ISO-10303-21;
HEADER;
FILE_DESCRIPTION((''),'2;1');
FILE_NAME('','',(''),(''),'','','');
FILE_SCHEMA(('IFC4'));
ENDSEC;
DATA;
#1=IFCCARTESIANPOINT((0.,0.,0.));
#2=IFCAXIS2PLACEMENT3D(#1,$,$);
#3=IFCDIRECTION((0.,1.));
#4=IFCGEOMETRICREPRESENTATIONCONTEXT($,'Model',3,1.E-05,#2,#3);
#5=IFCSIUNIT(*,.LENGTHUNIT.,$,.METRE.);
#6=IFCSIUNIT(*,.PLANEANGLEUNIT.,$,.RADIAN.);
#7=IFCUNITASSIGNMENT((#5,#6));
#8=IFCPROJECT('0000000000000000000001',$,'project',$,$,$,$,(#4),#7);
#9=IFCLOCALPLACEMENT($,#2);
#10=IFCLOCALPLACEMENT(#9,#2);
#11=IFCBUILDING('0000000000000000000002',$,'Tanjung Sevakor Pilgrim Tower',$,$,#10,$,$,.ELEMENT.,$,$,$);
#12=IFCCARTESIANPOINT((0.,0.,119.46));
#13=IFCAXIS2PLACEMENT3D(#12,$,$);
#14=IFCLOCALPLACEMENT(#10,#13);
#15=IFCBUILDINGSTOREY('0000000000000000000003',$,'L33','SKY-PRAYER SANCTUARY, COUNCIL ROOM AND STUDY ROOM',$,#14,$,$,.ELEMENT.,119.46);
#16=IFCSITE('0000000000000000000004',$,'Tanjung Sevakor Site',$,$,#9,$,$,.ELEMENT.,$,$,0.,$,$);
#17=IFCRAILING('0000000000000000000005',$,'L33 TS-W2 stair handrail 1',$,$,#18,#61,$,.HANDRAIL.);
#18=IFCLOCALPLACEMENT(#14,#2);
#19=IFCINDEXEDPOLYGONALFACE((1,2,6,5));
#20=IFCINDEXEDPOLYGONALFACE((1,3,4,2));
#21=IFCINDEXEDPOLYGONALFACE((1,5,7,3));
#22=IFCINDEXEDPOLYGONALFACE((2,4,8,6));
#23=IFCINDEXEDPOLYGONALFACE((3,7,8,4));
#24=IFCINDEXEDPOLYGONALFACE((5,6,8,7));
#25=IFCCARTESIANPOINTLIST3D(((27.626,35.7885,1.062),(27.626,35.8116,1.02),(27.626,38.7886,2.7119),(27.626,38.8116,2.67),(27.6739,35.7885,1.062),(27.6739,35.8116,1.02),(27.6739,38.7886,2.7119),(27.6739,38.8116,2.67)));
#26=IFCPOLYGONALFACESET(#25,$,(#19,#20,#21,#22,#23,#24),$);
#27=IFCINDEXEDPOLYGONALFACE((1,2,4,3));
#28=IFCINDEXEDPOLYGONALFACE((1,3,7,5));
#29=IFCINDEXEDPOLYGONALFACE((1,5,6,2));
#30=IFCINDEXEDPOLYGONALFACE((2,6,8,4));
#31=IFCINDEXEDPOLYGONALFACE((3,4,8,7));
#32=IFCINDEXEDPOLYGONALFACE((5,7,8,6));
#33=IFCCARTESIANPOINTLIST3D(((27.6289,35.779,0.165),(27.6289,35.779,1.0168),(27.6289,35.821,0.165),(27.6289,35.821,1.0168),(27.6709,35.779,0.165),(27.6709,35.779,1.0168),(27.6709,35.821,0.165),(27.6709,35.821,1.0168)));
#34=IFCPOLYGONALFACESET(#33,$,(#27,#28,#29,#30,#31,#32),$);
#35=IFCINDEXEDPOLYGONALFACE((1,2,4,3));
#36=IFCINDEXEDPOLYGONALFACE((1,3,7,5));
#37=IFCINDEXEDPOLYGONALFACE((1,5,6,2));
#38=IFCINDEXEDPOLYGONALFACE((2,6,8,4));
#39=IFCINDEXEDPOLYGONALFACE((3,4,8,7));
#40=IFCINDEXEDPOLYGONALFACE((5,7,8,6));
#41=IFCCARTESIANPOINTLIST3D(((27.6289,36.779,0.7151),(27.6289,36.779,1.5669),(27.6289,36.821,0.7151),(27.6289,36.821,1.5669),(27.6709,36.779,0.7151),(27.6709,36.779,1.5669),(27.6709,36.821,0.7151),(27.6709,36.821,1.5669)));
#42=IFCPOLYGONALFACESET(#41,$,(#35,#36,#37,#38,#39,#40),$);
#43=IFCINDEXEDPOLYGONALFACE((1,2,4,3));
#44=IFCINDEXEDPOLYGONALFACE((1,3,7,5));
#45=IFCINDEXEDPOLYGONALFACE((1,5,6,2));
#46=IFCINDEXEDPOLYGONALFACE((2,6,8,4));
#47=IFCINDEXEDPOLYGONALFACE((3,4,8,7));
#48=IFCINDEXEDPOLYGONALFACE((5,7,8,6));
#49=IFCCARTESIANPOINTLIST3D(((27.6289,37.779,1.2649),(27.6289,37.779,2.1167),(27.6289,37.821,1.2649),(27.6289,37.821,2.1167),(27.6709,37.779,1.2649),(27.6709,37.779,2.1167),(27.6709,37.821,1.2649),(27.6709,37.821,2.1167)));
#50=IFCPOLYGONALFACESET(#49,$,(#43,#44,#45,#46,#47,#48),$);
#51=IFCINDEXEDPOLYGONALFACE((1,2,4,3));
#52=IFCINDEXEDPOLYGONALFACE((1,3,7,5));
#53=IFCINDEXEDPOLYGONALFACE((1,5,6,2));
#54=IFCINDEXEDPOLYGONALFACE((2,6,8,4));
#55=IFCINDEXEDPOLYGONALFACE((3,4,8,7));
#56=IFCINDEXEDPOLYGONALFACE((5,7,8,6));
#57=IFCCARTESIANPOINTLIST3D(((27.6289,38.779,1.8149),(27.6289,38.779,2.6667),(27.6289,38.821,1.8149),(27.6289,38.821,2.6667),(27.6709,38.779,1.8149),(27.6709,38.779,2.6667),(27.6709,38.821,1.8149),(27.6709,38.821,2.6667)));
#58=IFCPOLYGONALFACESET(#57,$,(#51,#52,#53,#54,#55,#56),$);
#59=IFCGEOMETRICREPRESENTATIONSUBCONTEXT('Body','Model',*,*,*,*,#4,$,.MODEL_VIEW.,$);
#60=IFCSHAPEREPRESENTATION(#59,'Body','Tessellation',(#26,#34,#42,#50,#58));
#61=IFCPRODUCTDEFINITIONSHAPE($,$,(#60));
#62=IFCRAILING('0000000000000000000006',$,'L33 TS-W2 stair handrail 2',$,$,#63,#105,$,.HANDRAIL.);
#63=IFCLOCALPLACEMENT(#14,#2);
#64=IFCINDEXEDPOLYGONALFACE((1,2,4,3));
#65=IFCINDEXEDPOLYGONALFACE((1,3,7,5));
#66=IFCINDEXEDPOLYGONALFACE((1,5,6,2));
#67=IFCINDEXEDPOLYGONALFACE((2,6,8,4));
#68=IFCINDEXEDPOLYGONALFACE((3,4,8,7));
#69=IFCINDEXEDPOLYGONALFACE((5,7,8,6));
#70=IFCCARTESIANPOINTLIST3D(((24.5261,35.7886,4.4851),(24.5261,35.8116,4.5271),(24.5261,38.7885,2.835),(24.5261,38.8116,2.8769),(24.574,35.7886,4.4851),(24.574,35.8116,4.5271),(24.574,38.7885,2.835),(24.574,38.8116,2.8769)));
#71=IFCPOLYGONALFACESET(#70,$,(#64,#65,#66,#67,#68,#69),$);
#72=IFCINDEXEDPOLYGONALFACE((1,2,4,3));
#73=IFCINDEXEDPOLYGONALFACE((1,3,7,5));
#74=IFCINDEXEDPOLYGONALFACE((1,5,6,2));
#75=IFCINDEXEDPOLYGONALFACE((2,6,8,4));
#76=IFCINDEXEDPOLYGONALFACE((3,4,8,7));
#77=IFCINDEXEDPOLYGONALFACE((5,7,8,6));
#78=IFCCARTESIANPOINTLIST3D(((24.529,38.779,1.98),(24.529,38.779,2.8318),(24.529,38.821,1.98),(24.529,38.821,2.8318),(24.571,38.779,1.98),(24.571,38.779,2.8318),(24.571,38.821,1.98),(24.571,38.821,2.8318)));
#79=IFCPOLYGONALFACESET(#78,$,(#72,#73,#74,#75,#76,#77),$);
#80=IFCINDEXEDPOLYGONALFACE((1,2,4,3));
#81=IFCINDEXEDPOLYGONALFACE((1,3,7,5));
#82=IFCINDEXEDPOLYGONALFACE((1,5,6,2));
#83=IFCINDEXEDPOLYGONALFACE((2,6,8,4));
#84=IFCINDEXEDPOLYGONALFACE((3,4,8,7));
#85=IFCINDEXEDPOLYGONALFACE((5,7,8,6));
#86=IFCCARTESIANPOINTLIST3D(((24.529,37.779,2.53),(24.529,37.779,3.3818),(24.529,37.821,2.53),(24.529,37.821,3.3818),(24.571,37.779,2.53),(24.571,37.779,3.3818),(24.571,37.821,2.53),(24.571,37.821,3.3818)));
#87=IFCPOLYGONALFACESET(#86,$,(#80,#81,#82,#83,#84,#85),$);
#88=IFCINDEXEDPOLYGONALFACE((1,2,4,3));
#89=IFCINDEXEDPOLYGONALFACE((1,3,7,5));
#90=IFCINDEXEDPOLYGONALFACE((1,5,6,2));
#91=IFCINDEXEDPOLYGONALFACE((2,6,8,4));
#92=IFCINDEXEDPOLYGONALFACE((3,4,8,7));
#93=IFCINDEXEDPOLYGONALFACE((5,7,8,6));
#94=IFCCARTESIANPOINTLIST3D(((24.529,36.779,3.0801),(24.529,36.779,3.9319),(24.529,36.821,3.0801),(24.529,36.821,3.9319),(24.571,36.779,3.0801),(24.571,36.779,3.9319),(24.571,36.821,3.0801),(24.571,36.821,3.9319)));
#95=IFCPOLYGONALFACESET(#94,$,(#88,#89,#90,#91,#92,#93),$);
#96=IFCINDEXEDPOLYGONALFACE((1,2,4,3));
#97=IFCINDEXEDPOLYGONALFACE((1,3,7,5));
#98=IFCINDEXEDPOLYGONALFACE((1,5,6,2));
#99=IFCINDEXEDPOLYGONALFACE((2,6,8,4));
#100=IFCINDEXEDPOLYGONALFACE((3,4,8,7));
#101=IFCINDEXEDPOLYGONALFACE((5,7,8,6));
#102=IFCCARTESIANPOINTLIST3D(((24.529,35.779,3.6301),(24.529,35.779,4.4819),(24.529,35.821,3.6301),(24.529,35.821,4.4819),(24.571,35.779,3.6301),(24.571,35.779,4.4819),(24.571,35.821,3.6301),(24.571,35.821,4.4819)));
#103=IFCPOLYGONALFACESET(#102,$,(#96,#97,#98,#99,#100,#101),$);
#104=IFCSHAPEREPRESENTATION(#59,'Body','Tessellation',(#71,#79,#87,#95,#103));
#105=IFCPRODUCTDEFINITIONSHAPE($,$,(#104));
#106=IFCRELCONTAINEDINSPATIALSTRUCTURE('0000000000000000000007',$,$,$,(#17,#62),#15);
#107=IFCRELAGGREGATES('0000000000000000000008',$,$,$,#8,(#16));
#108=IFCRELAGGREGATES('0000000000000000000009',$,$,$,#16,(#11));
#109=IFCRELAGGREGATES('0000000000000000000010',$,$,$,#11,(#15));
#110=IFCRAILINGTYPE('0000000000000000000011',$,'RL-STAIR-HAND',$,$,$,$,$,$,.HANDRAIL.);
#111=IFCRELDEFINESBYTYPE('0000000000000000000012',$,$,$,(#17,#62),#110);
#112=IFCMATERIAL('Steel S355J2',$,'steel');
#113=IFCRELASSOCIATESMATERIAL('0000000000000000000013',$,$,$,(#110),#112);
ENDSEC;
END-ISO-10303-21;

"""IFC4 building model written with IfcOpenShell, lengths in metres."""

from ifc_helpers import new_model, si_unit, direction, frame, origin, place, context, subcontext, project, spatial, rectangle, extrude, material, type_object, element, save


model = new_model("IFC4")

# Units and contexts
model_context = context("Model", 3, precision=1e-05, world=origin(), true_north=direction((0.0, 1.0)))
body_context = subcontext(model_context, "Body", "Model", "MODEL_VIEW")
ifc_project = project(units=[si_unit("LENGTHUNIT", "METRE"), si_unit("PLANEANGLEUNIT", "RADIAN")], contexts=[model_context])

# Site, building, storey
site_placement = place(None, origin())
site = spatial("IfcSite", under=ifc_project, at=site_placement, Name="Tanjung Sevakor Site", CompositionType="ELEMENT", RefElevation=0.0)
building_placement = place(site_placement, origin())
building = spatial("IfcBuilding", under=site, at=building_placement, Name="Tanjung Sevakor Pilgrim Tower", CompositionType="ELEMENT")
storey_placement = place(building_placement, frame((0.0, 0.0, 119.46)))
storey = spatial("IfcBuildingStorey", under=building, at=storey_placement, Name="L33", Description="SKY-PRAYER SANCTUARY, COUNCIL ROOM AND STUDY ROOM", CompositionType="ELEMENT", Elevation=119.46)

# Railings
ifc_material_1 = material(Name="Steel S355J2", Category="steel")
railing_type_1 = type_object("IfcRailingType", Name="RL-STAIR-HAND", PredefinedType="HANDRAIL", material=ifc_material_1)
railing_1_placement = place(storey_placement, frame((27.6499, 35.8, 0.165)))
element("IfcRailing", 1, at=railing_1_placement, inside=storey, type_object=railing_type_1, Name="L33 TS-W2 stair handrail 1", PredefinedType="HANDRAIL", context=body_context, shape_type="SweptSolid", body=[
    extrude(rectangle(XDim=0.0479, YDim=0.0479), frame((0.0, 0.0, 0.876), z_axis=(0.0, 0.876228, 0.481897), x_axis=(-1.0, 0.0, 0.0)), (0.0, 0.0, 1.0), 3.4238),
    extrude(rectangle(XDim=0.042, YDim=0.042), origin(), (0.0, 0.0, 1.0), 0.8518),
    extrude(rectangle(XDim=0.042, YDim=0.042), frame((0.0, 1.0, 0.55)), (0.0, 0.0, 1.0), 0.8518),
    extrude(rectangle(XDim=0.042, YDim=0.042), frame((0.0, 2.0, 1.0999)), (0.0, 0.0, 1.0), 0.8518),
    extrude(rectangle(XDim=0.042, YDim=0.042), frame((0.0, 3.0, 1.6499)), (0.0, 0.0, 1.0), 0.8518),
])
railing_2_placement = place(storey_placement, frame((24.55, 38.8, 1.98)))
element("IfcRailing", 2, at=railing_2_placement, inside=storey, type_object=railing_type_1, Name="L33 TS-W2 stair handrail 2", PredefinedType="HANDRAIL", context=body_context, shape_type="SweptSolid", body=[
    extrude(rectangle(XDim=0.0479, YDim=0.0479), frame((0.0, 0.0, 0.876), z_axis=(0.0, -0.876198, 0.481952), x_axis=(1.0, 0.0, 0.0)), (0.0, 0.0, 1.0), 3.4238),
    extrude(rectangle(XDim=0.042, YDim=0.042), origin(), (0.0, 0.0, 1.0), 0.8518),
    extrude(rectangle(XDim=0.042, YDim=0.042), frame((0.0, -1.0, 0.55)), (0.0, 0.0, 1.0), 0.8518),
    extrude(rectangle(XDim=0.042, YDim=0.042), frame((0.0, -2.0, 1.1001)), (0.0, 0.0, 1.0), 0.8518),
    extrude(rectangle(XDim=0.042, YDim=0.042), frame((0.0, -3.0, 1.6501)), (0.0, 0.0, 1.0), 0.8518),
])

save(model, "model.ifc")
